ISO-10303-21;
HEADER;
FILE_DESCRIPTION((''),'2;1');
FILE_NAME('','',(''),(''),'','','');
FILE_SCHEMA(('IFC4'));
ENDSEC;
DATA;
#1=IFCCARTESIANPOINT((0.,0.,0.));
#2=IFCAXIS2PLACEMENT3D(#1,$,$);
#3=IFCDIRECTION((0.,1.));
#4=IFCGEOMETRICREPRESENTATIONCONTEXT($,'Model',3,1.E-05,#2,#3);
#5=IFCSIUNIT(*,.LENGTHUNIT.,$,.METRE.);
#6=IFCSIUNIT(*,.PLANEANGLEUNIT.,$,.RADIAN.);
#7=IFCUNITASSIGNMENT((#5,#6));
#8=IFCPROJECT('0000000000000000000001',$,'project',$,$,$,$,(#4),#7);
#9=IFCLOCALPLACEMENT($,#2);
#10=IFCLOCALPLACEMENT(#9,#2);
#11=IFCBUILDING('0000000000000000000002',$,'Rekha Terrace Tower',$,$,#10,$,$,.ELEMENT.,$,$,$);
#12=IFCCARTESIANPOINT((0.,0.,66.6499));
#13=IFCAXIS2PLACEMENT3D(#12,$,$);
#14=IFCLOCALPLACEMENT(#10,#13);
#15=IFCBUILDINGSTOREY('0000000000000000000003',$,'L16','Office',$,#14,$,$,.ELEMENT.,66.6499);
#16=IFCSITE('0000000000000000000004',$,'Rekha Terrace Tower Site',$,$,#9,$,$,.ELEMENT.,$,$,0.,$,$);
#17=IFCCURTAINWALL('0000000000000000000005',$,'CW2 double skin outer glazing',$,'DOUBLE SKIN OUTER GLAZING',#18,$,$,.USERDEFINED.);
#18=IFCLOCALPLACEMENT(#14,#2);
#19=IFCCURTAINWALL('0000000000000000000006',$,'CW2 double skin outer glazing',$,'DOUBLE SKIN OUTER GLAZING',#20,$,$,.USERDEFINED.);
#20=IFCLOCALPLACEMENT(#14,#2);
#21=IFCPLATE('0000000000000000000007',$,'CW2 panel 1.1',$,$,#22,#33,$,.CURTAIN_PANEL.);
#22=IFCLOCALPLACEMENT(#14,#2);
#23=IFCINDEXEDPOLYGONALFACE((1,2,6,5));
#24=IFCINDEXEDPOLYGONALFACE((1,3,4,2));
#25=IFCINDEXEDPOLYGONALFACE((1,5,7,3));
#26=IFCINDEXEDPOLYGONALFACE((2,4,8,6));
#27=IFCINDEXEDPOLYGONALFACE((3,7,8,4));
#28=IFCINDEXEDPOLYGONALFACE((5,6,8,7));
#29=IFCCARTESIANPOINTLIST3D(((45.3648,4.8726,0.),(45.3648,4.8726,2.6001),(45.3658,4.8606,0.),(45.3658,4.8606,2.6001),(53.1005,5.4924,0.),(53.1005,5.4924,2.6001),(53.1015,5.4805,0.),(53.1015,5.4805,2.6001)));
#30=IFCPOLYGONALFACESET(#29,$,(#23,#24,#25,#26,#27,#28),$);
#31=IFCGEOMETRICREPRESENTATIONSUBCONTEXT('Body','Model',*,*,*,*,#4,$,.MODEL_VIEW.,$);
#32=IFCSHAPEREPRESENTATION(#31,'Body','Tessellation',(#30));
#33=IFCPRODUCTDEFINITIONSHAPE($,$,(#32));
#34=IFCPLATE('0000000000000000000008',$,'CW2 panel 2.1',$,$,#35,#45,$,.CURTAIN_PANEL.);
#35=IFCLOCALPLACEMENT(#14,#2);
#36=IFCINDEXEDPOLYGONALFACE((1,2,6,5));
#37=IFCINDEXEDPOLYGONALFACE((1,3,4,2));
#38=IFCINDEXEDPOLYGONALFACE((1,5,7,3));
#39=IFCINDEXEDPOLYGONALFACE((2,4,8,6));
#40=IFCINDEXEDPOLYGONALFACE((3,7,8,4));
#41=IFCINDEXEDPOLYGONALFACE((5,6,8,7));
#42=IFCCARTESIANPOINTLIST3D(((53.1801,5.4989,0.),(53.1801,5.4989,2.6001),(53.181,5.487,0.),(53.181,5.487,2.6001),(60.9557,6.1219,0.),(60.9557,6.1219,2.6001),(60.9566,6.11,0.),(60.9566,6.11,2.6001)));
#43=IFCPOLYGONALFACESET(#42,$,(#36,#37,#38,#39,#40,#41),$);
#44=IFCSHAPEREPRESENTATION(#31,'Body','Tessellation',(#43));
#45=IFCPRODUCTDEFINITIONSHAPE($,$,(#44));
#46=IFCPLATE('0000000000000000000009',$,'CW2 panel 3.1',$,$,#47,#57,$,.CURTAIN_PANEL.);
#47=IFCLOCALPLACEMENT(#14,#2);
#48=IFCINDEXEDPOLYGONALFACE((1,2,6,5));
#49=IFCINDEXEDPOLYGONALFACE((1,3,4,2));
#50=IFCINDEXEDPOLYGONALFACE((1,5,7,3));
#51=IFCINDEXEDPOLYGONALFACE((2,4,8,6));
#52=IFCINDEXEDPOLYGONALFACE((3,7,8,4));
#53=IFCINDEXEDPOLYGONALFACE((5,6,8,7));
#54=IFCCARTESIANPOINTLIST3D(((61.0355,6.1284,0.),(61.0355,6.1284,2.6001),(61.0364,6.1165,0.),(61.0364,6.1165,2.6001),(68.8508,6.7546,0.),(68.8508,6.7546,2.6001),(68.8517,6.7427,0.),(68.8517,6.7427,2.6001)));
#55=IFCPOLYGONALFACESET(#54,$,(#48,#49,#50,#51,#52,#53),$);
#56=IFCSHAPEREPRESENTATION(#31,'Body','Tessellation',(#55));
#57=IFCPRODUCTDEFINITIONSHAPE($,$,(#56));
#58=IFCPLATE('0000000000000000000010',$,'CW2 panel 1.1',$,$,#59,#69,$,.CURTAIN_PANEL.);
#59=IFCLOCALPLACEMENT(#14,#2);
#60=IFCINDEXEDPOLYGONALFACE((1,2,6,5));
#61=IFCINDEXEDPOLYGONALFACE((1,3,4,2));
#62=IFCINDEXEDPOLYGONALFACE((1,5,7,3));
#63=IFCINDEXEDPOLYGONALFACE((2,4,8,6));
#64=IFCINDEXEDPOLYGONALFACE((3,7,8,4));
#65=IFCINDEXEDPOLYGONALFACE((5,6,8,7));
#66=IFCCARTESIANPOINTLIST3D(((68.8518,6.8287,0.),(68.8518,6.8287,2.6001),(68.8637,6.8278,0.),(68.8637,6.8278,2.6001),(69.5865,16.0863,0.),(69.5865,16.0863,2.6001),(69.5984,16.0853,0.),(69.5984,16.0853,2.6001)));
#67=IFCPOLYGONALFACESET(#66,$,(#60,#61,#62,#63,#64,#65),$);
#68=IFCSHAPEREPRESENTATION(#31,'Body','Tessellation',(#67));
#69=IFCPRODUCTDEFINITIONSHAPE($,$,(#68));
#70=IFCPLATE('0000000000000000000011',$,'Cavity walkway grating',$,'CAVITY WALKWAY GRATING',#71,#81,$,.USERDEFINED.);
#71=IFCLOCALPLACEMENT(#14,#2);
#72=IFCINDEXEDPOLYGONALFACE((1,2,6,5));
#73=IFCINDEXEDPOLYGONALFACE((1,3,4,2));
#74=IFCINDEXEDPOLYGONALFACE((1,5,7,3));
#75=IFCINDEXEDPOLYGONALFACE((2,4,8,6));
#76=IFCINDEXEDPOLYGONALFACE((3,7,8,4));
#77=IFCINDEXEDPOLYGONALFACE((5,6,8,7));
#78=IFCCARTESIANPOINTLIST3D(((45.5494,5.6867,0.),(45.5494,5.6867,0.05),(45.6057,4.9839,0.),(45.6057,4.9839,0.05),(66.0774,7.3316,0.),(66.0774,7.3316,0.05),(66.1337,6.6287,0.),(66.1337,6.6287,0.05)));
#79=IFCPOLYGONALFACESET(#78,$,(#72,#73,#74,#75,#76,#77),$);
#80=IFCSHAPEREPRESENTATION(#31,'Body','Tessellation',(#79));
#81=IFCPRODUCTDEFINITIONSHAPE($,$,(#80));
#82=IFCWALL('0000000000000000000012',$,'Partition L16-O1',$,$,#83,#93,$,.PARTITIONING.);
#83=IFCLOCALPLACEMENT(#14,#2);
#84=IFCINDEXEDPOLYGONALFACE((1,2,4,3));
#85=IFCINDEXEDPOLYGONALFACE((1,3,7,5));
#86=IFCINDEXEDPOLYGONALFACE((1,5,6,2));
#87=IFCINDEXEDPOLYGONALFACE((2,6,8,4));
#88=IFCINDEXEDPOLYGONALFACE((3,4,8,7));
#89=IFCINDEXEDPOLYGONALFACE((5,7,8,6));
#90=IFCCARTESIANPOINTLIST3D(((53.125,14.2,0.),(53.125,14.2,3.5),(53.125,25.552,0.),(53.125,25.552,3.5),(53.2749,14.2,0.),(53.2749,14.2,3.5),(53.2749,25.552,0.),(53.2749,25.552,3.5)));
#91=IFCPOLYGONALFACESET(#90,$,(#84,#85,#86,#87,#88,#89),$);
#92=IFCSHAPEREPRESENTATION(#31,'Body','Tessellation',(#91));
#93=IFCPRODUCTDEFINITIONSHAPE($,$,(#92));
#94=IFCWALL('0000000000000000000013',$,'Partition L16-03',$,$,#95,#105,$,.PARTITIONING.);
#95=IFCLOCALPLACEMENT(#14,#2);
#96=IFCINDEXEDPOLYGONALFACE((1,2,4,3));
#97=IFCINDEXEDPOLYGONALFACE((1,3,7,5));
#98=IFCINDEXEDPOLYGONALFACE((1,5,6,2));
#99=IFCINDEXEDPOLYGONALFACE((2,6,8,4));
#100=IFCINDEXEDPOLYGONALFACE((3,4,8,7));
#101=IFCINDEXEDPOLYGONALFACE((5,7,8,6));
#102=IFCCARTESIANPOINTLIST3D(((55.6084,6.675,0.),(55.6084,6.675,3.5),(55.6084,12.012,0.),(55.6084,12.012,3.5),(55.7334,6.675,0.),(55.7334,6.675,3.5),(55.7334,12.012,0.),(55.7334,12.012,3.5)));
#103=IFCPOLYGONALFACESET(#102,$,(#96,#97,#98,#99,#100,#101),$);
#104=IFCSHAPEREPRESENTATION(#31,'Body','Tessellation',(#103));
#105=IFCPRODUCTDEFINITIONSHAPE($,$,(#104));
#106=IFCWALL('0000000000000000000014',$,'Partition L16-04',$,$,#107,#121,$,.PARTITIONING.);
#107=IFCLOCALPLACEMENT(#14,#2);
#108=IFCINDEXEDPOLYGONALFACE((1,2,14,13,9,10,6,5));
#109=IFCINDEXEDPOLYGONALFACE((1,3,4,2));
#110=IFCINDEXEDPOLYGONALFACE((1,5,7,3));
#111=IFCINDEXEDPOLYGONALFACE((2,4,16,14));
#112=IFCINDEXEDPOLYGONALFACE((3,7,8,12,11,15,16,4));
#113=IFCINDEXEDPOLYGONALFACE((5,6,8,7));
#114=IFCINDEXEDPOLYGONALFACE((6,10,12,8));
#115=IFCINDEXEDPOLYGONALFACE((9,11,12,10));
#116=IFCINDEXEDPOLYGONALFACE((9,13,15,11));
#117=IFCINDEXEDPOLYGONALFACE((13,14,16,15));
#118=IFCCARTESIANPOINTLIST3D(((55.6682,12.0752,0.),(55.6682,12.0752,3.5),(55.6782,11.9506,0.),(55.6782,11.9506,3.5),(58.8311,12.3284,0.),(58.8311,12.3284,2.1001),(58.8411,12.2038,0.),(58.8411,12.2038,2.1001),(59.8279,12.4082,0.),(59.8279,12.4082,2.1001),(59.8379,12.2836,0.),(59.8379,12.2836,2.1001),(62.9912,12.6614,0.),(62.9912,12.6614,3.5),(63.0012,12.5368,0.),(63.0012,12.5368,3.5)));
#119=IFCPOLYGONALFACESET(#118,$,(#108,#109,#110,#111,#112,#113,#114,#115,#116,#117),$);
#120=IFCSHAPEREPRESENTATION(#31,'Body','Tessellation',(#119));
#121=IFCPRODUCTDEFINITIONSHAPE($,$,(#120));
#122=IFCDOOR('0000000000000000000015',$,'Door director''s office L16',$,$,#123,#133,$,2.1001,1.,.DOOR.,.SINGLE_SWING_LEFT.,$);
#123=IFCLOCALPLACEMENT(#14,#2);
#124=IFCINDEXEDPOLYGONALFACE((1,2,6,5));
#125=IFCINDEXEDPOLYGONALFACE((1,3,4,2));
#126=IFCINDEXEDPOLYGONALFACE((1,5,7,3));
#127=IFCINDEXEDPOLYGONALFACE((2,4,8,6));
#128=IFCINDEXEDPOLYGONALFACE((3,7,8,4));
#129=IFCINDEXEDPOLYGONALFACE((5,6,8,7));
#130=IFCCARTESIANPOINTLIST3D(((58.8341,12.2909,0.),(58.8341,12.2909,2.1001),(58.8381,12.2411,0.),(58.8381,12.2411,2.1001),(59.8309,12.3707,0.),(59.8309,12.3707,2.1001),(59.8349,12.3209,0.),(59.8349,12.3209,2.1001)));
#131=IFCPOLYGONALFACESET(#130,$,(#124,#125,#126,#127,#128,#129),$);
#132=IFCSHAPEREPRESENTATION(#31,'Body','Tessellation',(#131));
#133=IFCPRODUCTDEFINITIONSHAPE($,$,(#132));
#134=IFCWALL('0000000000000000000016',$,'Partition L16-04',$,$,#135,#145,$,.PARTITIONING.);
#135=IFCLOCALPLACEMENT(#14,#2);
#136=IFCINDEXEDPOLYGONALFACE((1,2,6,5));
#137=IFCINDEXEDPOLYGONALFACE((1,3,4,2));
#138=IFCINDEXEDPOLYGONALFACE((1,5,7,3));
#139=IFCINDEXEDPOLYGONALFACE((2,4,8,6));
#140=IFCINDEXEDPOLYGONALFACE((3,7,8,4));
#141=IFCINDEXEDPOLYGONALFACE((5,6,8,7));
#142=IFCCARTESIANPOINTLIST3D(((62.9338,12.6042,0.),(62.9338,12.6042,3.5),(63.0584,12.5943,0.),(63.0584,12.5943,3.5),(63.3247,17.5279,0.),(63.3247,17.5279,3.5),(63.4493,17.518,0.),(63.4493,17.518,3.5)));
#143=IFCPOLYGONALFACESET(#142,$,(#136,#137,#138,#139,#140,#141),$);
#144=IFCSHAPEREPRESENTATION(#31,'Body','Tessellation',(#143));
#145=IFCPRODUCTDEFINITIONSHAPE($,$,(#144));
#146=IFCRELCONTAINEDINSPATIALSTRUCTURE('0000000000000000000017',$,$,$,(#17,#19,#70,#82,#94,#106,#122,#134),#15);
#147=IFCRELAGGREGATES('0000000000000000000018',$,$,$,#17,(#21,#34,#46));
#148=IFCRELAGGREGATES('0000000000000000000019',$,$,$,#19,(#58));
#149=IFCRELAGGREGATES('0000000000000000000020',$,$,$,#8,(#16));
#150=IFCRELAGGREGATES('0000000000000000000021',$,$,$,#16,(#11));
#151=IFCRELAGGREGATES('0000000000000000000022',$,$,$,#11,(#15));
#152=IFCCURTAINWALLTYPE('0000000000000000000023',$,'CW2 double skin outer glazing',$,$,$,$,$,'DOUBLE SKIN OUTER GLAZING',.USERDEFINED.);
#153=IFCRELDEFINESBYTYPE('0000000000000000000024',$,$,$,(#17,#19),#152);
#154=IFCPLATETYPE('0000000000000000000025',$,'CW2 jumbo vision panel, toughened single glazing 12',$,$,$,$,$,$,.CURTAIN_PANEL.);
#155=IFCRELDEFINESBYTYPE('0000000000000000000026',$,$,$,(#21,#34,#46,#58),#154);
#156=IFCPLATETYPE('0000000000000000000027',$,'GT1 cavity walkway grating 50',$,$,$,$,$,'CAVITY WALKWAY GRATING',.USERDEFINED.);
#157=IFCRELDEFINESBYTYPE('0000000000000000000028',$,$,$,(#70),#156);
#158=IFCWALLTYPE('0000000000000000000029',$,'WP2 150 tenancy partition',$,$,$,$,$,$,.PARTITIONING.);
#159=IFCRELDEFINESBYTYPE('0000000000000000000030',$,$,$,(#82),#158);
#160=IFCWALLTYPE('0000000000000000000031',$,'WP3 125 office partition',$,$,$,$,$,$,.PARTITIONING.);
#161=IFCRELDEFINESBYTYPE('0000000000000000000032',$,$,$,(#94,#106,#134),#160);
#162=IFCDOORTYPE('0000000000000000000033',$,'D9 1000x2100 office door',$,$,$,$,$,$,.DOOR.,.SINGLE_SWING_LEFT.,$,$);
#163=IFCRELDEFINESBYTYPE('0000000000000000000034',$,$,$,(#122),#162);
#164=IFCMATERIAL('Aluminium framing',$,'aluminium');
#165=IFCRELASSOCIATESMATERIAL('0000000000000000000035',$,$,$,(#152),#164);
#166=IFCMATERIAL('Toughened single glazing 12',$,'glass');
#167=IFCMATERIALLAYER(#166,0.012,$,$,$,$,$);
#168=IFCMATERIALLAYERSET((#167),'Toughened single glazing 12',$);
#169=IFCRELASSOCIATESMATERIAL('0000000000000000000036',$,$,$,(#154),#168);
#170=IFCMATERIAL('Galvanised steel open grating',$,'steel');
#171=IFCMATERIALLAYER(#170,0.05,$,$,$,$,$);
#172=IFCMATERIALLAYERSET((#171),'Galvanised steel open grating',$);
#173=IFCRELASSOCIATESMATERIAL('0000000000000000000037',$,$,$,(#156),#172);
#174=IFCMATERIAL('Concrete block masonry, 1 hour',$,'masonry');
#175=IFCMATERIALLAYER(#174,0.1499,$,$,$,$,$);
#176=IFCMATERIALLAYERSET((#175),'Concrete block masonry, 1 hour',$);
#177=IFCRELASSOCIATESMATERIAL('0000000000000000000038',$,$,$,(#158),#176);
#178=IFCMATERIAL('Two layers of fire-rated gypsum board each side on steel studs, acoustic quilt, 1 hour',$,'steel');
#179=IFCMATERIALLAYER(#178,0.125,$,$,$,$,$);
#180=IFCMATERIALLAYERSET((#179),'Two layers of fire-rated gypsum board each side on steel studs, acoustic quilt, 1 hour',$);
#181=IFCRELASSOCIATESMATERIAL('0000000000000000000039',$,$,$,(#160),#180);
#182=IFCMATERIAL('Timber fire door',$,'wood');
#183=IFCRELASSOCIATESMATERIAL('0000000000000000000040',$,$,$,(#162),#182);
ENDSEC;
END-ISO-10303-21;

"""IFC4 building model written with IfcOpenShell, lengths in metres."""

from ifc_helpers import new_model, si_unit, direction, frame, frame_2d, origin, origin_2d, place, context, subcontext, project, spatial, rectangle, extrude, material, layer, layer_set, type_object, element, fill, aggregate, save


model = new_model("IFC4")

# Units and contexts
model_context = context("Model", 3, precision=1e-05, world=origin(), true_north=direction((0.0, 1.0)))
body_context = subcontext(model_context, "Body", "Model", "MODEL_VIEW")
ifc_project = project(units=[si_unit("LENGTHUNIT", "METRE"), si_unit("PLANEANGLEUNIT", "RADIAN")], contexts=[model_context])

# Site, building, storey
site_placement = place(None, origin())
site = spatial("IfcSite", under=ifc_project, at=site_placement, Name="Rekha Terrace Tower Site", CompositionType="ELEMENT", RefElevation=0.0)
building_placement = place(site_placement, origin())
building = spatial("IfcBuilding", under=site, at=building_placement, Name="Rekha Terrace Tower", CompositionType="ELEMENT")
storey_placement = place(building_placement, frame((0.0, 0.0, 66.6499)))
storey = spatial("IfcBuildingStorey", under=building, at=storey_placement, Name="L16", Description="Office", CompositionType="ELEMENT", Elevation=66.6499)

# Curtain wall
ifc_material_1 = material(Name="Aluminium framing", Category="aluminium")
curtain_wall_type_1 = type_object("IfcCurtainWallType", Name="CW2 double skin outer glazing", ElementType="DOUBLE SKIN OUTER GLAZING", PredefinedType="USERDEFINED", material=ifc_material_1)
curtain_wall_1_placement = place(storey_placement, origin())
curtain_wall_1 = element("IfcCurtainWall", 1, at=curtain_wall_1_placement, inside=storey, type_object=curtain_wall_type_1, Name="CW2 double skin outer glazing", ObjectType="DOUBLE SKIN OUTER GLAZING", PredefinedType="USERDEFINED")

# Curtain wall
curtain_wall_2_placement = place(storey_placement, origin())
curtain_wall_2 = element("IfcCurtainWall", 2, at=curtain_wall_2_placement, inside=storey, type_object=curtain_wall_type_1, Name="CW2 double skin outer glazing", ObjectType="DOUBLE SKIN OUTER GLAZING", PredefinedType="USERDEFINED")

# Plates
ifc_material_2 = material(Name="Toughened single glazing 12", Category="glass")
ifc_layer_1 = layer(ifc_material_2, 0.012)
ifc_layer_set_1 = layer_set([ifc_layer_1], Name="Toughened single glazing 12")
plate_type_1 = type_object("IfcPlateType", Name="CW2 jumbo vision panel, toughened single glazing 12", PredefinedType="CURTAIN_PANEL", material=ifc_layer_set_1)
plate_1_placement = place(storey_placement, frame((49.2332, 5.1765, 0.0), z_axis=(0.0, 0.0, 1.0), x_axis=(0.996805, 0.079872, 0.0)))
plate_1 = element("IfcPlate", 3, at=plate_1_placement, type_object=plate_type_1, Name="CW2 panel 1.1", PredefinedType="CURTAIN_PANEL", context=body_context, shape_type="SweptSolid", body=[
    extrude(rectangle(XDim=7.7605, YDim=0.012, at=origin_2d()), origin(), (0.0, 0.0, 1.0), 2.6001),
])
plate_2_placement = place(storey_placement, frame((57.0684, 5.8044, 0.0), z_axis=(0.0, 0.0, 1.0), x_axis=(0.996805, 0.079872, 0.0)))
plate_2 = element("IfcPlate", 4, at=plate_2_placement, type_object=plate_type_1, Name="CW2 panel 2.1", PredefinedType="CURTAIN_PANEL", context=body_context, shape_type="SweptSolid", body=[
    extrude(rectangle(XDim=7.8005, YDim=0.012, at=origin_2d()), origin(), (0.0, 0.0, 1.0), 2.6001),
])
plate_3_placement = place(storey_placement, frame((64.9436, 6.4355, 0.0), z_axis=(0.0, 0.0, 1.0), x_axis=(0.996805, 0.079872, 0.0)))
plate_3 = element("IfcPlate", 5, at=plate_3_placement, type_object=plate_type_1, Name="CW2 panel 3.1", PredefinedType="CURTAIN_PANEL", context=body_context, shape_type="SweptSolid", body=[
    extrude(rectangle(XDim=7.8403, YDim=0.012, at=origin_2d()), origin(), (0.0, 0.0, 1.0), 2.6001),
])
aggregate(curtain_wall_1, [plate_1, plate_2, plate_3])
plate_4_placement = place(storey_placement, frame((69.2251, 11.457, 0.0), z_axis=(0.0, 0.0, 1.0), x_axis=(0.079116, 0.996865, 0.0)))
plate_4 = element("IfcPlate", 6, at=plate_4_placement, type_object=plate_type_1, Name="CW2 panel 1.1", PredefinedType="CURTAIN_PANEL", context=body_context, shape_type="SweptSolid", body=[
    extrude(rectangle(XDim=9.2866, YDim=0.012, at=origin_2d()), origin(), (0.0, 0.0, 1.0), 2.6001),
])
aggregate(curtain_wall_2, [plate_4])
ifc_material_3 = material(Name="Galvanised steel open grating", Category="steel")
ifc_layer_2 = layer(ifc_material_3, 0.05)
ifc_layer_set_2 = layer_set([ifc_layer_2], Name="Galvanised steel open grating")
plate_type_2 = type_object("IfcPlateType", Name="GT1 cavity walkway grating 50", ElementType="CAVITY WALKWAY GRATING", PredefinedType="USERDEFINED", material=ifc_layer_set_2)
plate_5_placement = place(storey_placement, frame((55.8416, 6.1577, 0.0), z_axis=(0.0, 0.0, 1.0), x_axis=(0.996805, 0.079872, 0.0)))
element("IfcPlate", 7, at=plate_5_placement, inside=storey, type_object=plate_type_2, Name="Cavity walkway grating", ObjectType="CAVITY WALKWAY GRATING", PredefinedType="USERDEFINED", context=body_context, shape_type="SweptSolid", body=[
    extrude(rectangle(XDim=20.5938, YDim=0.7051, at=origin_2d()), origin(), (0.0, 0.0, 1.0), 0.05),
])

# Walls
ifc_material_4 = material(Name="Concrete block masonry, 1 hour", Category="masonry")
ifc_layer_3 = layer(ifc_material_4, 0.1499)
ifc_layer_set_3 = layer_set([ifc_layer_3], Name="Concrete block masonry, 1 hour")
wall_type_1 = type_object("IfcWallType", Name="WP2 150 tenancy partition", PredefinedType="PARTITIONING", material=ifc_layer_set_3)
wall_1_placement = place(storey_placement, frame((53.2, 14.2, 0.0), z_axis=(0.0, 0.0, 1.0), x_axis=(0.0, 1.0, 0.0)))
element("IfcWall", 8, at=wall_1_placement, inside=storey, type_object=wall_type_1, Name="Partition L16-O1", PredefinedType="PARTITIONING", context=body_context, shape_type="SweptSolid", body=[
    extrude(rectangle(XDim=11.3521, YDim=0.1499, at=frame_2d((5.676, 0.0))), origin(), (0.0, 0.0, 1.0), 3.5),
])
ifc_material_5 = material(Name="Two layers of fire-rated gypsum board each side on steel studs, acoustic quilt, 1 hour", Category="steel")
ifc_layer_4 = layer(ifc_material_5, 0.125)
ifc_layer_set_4 = layer_set([ifc_layer_4], Name="Two layers of fire-rated gypsum board each side on steel studs, acoustic quilt, 1 hour")
wall_type_2 = type_object("IfcWallType", Name="WP3 125 office partition", PredefinedType="PARTITIONING", material=ifc_layer_set_4)
wall_2_placement = place(storey_placement, frame((55.6709, 12.012, 0.0), z_axis=(0.0, 0.0, 1.0), x_axis=(0.0, -1.0, 0.0)))
element("IfcWall", 9, at=wall_2_placement, inside=storey, type_object=wall_type_2, Name="Partition L16-03", PredefinedType="PARTITIONING", context=body_context, shape_type="SweptSolid", body=[
    extrude(rectangle(XDim=5.3369, YDim=0.125, at=frame_2d((2.6685, 0.0))), origin(), (0.0, 0.0, 1.0), 3.5),
])

# Wall, opening, door
wall_3_placement = place(storey_placement, frame((55.6731, 12.0129, 0.0), z_axis=(0.0, 0.0, 1.0), x_axis=(0.996812, 0.079791, 0.0)))
wall_3 = element("IfcWall", 10, at=wall_3_placement, inside=storey, type_object=wall_type_2, Name="Partition L16-04", PredefinedType="PARTITIONING", context=body_context, shape_type="SweptSolid", body=[
    extrude(rectangle(XDim=7.3464, YDim=0.125, at=frame_2d((3.6733, 0.0))), origin(), (0.0, 0.0, 1.0), 3.5),
])
opening_placement = place(wall_3_placement, frame((3.1731, 0.0, 0.0)))
opening = element("IfcOpeningElement", 11, at=opening_placement, cuts=wall_3, PredefinedType="OPENING", context=body_context, shape_type="SweptSolid", body=[
    extrude(rectangle(XDim=1.0, YDim=2.1001, at=frame_2d((0.5, 1.05))), frame((0.0, 0.0725, 0.0), z_axis=(0.0, -1.0, 0.0), x_axis=(1.0, 0.0, 0.0)), (0.0, 0.0, 1.0), 0.145),
])
ifc_material_6 = material(Name="Timber fire door", Category="wood")
door_type = type_object("IfcDoorType", Name="D9 1000x2100 office door", OperationType="SINGLE_SWING_LEFT", PredefinedType="DOOR", material=ifc_material_6)
door_placement = place(opening_placement, origin())
door = element("IfcDoor", 12, at=door_placement, inside=storey, type_object=door_type, Name="Door director's office L16", OperationType="SINGLE_SWING_LEFT", OverallHeight=2.1001, OverallWidth=1.0, PredefinedType="DOOR", context=body_context, shape_type="SweptSolid", body=[
    extrude(rectangle(XDim=1.0, YDim=2.1001, at=frame_2d((0.5, 1.05))), frame((0.0, 0.0249, 0.0), z_axis=(0.0, -1.0, 0.0), x_axis=(1.0, 0.0, 0.0)), (0.0, 0.0, 1.0), 0.05),
])
fill(opening, door)

# Wall
wall_4_placement = place(storey_placement, frame((62.9961, 12.5991, 0.0), z_axis=(0.0, 0.0, 1.0), x_axis=(0.079134, 0.996864, 0.0)))
element("IfcWall", 13, at=wall_4_placement, inside=storey, type_object=wall_type_2, Name="Partition L16-04", PredefinedType="PARTITIONING", context=body_context, shape_type="SweptSolid", body=[
    extrude(rectangle(XDim=4.9392, YDim=0.125, at=frame_2d((2.4697, 0.0))), origin(), (0.0, 0.0, 1.0), 3.5),
])

save(model, "model.ifc")
